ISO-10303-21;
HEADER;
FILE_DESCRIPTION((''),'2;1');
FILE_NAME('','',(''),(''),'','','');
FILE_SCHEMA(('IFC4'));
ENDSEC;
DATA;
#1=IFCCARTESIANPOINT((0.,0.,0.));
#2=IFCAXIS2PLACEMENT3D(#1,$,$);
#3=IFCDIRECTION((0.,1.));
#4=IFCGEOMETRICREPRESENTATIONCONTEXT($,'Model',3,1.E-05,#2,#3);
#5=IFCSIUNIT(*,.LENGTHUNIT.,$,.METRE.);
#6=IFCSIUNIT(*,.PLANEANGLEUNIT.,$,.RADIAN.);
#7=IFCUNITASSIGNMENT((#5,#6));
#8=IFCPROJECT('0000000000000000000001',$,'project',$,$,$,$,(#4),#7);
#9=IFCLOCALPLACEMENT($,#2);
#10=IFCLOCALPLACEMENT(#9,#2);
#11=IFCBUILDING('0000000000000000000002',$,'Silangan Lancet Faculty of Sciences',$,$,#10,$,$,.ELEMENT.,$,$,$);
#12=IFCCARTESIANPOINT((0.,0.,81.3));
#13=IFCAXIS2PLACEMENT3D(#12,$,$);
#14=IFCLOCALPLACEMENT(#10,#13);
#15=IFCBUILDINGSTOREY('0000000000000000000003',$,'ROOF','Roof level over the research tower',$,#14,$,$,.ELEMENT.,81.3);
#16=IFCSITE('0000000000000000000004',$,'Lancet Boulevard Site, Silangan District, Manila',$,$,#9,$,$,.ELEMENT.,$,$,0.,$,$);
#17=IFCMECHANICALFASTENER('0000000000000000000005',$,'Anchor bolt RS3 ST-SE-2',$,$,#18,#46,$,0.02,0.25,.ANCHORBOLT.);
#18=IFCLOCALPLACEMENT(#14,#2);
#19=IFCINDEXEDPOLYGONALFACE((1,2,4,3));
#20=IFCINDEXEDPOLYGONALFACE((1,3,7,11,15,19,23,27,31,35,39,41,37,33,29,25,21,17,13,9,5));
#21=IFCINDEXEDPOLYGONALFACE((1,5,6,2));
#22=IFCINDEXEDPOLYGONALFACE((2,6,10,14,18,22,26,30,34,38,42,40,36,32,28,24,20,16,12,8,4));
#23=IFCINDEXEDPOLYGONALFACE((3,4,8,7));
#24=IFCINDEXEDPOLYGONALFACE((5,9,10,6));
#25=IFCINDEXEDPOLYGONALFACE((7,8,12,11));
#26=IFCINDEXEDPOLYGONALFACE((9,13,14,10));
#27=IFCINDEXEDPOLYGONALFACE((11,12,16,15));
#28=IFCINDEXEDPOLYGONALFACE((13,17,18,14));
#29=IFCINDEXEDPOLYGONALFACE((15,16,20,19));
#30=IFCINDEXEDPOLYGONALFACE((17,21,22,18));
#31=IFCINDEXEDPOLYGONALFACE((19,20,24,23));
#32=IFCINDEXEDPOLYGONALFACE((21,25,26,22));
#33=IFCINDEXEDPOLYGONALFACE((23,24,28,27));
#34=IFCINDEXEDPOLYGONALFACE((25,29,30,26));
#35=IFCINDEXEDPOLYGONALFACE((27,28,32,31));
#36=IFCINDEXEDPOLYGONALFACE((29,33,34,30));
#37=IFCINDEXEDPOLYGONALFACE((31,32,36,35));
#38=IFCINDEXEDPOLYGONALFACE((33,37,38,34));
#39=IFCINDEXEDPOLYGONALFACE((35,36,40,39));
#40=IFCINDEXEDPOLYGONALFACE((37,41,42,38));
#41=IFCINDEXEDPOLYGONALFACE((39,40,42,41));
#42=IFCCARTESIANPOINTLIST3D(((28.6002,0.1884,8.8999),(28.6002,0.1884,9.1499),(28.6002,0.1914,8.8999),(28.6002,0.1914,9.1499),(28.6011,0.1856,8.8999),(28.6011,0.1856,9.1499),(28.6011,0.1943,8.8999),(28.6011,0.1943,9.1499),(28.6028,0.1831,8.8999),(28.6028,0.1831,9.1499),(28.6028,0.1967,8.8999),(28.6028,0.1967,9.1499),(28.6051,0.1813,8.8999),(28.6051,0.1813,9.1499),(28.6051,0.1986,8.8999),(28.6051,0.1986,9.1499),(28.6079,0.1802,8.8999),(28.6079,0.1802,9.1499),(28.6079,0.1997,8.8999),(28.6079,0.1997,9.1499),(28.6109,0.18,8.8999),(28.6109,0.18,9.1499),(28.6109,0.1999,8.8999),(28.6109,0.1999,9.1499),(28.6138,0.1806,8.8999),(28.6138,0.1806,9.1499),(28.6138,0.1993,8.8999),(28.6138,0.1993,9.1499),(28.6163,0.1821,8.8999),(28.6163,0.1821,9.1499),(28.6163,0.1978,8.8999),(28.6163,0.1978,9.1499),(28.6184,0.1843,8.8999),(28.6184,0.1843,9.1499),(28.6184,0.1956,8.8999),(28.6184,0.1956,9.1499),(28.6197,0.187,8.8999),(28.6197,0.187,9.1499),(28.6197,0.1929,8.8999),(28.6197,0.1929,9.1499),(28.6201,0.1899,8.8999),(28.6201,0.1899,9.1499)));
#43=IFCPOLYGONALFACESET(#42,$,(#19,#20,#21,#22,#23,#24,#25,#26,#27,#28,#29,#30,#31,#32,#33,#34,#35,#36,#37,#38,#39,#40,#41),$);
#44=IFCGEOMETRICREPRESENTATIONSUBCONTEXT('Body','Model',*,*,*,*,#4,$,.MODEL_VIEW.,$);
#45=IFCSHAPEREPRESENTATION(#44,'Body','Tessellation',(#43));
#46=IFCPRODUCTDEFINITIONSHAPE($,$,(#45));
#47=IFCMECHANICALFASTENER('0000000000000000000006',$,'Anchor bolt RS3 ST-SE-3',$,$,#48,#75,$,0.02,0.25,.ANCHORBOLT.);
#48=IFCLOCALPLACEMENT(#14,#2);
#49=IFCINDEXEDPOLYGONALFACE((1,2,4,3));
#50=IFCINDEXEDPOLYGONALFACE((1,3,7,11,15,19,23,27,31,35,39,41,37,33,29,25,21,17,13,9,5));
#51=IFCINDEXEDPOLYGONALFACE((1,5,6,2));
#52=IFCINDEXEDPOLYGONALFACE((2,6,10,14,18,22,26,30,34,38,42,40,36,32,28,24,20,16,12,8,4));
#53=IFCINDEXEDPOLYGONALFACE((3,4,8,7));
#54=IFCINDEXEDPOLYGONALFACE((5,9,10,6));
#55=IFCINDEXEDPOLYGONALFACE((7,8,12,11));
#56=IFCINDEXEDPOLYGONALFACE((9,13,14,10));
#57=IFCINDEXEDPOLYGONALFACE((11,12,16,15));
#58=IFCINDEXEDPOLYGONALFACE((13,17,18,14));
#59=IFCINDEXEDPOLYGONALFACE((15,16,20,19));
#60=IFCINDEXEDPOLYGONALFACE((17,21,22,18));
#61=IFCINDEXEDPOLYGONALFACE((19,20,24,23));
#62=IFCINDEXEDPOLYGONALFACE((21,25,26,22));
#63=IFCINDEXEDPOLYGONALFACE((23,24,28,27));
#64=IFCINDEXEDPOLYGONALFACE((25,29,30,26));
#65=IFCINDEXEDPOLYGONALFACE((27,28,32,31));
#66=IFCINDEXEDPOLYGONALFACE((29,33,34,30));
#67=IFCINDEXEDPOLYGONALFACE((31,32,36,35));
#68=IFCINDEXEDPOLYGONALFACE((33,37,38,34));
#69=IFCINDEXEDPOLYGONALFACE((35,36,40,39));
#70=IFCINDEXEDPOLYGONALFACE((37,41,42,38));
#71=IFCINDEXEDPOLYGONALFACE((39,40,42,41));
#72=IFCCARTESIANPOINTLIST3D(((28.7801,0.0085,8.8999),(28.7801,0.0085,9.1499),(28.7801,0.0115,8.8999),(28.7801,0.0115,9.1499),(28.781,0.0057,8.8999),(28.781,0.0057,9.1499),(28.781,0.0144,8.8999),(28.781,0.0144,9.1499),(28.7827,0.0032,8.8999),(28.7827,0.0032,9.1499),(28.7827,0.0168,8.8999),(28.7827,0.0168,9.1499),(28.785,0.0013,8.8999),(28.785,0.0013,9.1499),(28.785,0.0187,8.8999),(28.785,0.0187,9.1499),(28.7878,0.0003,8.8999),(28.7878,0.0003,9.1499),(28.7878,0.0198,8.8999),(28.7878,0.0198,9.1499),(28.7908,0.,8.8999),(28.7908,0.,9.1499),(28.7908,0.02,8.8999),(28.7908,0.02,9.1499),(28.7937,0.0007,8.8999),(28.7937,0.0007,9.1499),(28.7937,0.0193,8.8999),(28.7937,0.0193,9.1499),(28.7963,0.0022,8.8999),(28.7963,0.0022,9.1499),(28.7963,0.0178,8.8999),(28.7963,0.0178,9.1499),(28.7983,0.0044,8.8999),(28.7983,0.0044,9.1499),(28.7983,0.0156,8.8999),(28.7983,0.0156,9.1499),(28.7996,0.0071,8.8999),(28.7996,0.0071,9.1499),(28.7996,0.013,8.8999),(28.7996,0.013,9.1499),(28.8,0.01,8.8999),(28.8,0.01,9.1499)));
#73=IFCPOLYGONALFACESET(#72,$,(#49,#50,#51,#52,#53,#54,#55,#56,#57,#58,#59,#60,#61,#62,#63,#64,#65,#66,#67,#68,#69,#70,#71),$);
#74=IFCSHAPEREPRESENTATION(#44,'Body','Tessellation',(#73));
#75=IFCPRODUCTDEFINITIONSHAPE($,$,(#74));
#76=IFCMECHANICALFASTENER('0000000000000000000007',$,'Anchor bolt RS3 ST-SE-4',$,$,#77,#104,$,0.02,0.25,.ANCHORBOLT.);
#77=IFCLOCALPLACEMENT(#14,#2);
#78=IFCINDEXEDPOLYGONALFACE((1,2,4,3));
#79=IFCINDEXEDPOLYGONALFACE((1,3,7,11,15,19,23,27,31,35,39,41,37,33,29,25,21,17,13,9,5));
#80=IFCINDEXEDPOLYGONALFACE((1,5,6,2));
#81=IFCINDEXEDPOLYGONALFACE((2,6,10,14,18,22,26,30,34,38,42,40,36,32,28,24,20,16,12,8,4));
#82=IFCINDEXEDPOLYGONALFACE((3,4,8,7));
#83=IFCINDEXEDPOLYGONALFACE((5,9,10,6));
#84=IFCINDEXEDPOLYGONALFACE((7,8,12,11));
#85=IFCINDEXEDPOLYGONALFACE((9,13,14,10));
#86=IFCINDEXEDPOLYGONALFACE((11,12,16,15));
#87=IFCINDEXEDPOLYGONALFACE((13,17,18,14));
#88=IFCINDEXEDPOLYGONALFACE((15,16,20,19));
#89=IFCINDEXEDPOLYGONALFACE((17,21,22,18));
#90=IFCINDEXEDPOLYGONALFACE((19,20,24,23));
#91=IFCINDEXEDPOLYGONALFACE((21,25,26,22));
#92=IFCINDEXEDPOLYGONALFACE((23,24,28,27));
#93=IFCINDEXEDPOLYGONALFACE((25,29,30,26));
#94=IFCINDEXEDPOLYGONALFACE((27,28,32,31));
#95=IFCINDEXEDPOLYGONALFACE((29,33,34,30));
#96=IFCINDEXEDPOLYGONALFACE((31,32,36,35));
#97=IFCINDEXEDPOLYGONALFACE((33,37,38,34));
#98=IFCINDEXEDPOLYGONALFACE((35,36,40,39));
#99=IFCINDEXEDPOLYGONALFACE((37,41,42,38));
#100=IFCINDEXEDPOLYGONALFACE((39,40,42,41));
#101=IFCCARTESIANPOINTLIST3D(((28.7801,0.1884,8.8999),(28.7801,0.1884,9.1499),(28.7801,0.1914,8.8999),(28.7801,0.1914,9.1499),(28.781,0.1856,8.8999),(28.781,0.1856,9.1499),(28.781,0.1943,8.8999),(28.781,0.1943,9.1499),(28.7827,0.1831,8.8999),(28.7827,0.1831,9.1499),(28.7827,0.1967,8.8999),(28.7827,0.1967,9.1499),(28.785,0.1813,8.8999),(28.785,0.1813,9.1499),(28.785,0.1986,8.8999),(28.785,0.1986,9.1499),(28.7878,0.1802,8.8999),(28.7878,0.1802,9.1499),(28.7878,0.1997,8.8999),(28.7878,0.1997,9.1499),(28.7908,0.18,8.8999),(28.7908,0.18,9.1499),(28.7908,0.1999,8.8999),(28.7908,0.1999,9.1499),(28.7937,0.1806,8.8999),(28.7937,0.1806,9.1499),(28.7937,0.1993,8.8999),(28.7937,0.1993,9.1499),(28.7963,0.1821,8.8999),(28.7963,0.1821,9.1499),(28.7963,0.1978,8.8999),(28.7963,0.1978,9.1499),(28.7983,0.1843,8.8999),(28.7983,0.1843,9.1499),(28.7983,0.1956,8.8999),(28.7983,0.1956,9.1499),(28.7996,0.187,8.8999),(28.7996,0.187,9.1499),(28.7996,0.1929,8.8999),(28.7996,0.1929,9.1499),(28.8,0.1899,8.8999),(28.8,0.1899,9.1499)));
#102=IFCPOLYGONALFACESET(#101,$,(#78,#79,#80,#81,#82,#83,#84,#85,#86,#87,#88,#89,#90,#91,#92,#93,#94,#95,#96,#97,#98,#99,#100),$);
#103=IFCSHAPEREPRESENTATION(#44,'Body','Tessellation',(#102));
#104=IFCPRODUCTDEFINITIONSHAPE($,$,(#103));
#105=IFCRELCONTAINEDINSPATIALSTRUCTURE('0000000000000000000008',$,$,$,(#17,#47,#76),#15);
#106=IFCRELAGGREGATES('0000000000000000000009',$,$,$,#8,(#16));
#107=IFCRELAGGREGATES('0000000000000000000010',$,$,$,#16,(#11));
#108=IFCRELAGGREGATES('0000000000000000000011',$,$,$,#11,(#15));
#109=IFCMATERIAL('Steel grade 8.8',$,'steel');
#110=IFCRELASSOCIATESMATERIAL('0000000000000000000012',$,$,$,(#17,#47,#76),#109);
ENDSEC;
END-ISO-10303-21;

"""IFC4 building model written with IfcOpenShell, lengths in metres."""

from ifc_helpers import new_model, si_unit, direction, frame, origin, origin_2d, place, context, subcontext, project, spatial, circle, extrude, material, element, save


model = new_model("IFC4")

# Units and contexts
model_context = context("Model", 3, precision=1e-05, world=origin(), true_north=direction((0.0, 1.0)))
body_context = subcontext(model_context, "Body", "Model", "MODEL_VIEW")
ifc_project = project(units=[si_unit("LENGTHUNIT", "METRE"), si_unit("PLANEANGLEUNIT", "RADIAN")], contexts=[model_context])

# Site, building, storey
site_placement = place(None, origin())
site = spatial("IfcSite", under=ifc_project, at=site_placement, Name="Lancet Boulevard Site, Silangan District, Manila", CompositionType="ELEMENT", RefElevation=0.0)
building_placement = place(site_placement, origin())
building = spatial("IfcBuilding", under=site, at=building_placement, Name="Silangan Lancet Faculty of Sciences", CompositionType="ELEMENT")
storey_placement = place(building_placement, frame((0.0, 0.0, 81.3)))
storey = spatial("IfcBuildingStorey", under=building, at=storey_placement, Name="ROOF", Description="Roof level over the research tower", CompositionType="ELEMENT", Elevation=81.3)

# Mechanical fasteners
ifc_material_1 = material(Name="Steel grade 8.8", Category="steel")
for number, where, z_axis, x_axis, name in (
    (1, (28.6101, 0.1899, 8.8999), (0.0, 0.0, 1.0), (1.0, 0.0, 0.0), "Anchor bolt RS3 ST-SE-2"),
    (2, (28.79, 0.01, 8.8999), (0.0, 0.0, 1.0), (1.0, 0.0, 0.0), "Anchor bolt RS3 ST-SE-3"),
    (3, (28.79, 0.1899, 8.8999), (0.0, 0.0, 1.0), (1.0, 0.0, 0.0), "Anchor bolt RS3 ST-SE-4"),
):
    element("IfcMechanicalFastener", number, at=place(storey_placement, frame(where, z_axis=z_axis, x_axis=x_axis)), inside=storey, material=ifc_material_1, Name=name, NominalDiameter=0.02, NominalLength=0.25, PredefinedType="ANCHORBOLT", context=body_context, shape_type="SweptSolid", body=[
        extrude(circle(Radius=0.01, at=origin_2d()), origin(), (0.0, 0.0, 1.0), 0.25),
    ])

save(model, "model.ifc")
